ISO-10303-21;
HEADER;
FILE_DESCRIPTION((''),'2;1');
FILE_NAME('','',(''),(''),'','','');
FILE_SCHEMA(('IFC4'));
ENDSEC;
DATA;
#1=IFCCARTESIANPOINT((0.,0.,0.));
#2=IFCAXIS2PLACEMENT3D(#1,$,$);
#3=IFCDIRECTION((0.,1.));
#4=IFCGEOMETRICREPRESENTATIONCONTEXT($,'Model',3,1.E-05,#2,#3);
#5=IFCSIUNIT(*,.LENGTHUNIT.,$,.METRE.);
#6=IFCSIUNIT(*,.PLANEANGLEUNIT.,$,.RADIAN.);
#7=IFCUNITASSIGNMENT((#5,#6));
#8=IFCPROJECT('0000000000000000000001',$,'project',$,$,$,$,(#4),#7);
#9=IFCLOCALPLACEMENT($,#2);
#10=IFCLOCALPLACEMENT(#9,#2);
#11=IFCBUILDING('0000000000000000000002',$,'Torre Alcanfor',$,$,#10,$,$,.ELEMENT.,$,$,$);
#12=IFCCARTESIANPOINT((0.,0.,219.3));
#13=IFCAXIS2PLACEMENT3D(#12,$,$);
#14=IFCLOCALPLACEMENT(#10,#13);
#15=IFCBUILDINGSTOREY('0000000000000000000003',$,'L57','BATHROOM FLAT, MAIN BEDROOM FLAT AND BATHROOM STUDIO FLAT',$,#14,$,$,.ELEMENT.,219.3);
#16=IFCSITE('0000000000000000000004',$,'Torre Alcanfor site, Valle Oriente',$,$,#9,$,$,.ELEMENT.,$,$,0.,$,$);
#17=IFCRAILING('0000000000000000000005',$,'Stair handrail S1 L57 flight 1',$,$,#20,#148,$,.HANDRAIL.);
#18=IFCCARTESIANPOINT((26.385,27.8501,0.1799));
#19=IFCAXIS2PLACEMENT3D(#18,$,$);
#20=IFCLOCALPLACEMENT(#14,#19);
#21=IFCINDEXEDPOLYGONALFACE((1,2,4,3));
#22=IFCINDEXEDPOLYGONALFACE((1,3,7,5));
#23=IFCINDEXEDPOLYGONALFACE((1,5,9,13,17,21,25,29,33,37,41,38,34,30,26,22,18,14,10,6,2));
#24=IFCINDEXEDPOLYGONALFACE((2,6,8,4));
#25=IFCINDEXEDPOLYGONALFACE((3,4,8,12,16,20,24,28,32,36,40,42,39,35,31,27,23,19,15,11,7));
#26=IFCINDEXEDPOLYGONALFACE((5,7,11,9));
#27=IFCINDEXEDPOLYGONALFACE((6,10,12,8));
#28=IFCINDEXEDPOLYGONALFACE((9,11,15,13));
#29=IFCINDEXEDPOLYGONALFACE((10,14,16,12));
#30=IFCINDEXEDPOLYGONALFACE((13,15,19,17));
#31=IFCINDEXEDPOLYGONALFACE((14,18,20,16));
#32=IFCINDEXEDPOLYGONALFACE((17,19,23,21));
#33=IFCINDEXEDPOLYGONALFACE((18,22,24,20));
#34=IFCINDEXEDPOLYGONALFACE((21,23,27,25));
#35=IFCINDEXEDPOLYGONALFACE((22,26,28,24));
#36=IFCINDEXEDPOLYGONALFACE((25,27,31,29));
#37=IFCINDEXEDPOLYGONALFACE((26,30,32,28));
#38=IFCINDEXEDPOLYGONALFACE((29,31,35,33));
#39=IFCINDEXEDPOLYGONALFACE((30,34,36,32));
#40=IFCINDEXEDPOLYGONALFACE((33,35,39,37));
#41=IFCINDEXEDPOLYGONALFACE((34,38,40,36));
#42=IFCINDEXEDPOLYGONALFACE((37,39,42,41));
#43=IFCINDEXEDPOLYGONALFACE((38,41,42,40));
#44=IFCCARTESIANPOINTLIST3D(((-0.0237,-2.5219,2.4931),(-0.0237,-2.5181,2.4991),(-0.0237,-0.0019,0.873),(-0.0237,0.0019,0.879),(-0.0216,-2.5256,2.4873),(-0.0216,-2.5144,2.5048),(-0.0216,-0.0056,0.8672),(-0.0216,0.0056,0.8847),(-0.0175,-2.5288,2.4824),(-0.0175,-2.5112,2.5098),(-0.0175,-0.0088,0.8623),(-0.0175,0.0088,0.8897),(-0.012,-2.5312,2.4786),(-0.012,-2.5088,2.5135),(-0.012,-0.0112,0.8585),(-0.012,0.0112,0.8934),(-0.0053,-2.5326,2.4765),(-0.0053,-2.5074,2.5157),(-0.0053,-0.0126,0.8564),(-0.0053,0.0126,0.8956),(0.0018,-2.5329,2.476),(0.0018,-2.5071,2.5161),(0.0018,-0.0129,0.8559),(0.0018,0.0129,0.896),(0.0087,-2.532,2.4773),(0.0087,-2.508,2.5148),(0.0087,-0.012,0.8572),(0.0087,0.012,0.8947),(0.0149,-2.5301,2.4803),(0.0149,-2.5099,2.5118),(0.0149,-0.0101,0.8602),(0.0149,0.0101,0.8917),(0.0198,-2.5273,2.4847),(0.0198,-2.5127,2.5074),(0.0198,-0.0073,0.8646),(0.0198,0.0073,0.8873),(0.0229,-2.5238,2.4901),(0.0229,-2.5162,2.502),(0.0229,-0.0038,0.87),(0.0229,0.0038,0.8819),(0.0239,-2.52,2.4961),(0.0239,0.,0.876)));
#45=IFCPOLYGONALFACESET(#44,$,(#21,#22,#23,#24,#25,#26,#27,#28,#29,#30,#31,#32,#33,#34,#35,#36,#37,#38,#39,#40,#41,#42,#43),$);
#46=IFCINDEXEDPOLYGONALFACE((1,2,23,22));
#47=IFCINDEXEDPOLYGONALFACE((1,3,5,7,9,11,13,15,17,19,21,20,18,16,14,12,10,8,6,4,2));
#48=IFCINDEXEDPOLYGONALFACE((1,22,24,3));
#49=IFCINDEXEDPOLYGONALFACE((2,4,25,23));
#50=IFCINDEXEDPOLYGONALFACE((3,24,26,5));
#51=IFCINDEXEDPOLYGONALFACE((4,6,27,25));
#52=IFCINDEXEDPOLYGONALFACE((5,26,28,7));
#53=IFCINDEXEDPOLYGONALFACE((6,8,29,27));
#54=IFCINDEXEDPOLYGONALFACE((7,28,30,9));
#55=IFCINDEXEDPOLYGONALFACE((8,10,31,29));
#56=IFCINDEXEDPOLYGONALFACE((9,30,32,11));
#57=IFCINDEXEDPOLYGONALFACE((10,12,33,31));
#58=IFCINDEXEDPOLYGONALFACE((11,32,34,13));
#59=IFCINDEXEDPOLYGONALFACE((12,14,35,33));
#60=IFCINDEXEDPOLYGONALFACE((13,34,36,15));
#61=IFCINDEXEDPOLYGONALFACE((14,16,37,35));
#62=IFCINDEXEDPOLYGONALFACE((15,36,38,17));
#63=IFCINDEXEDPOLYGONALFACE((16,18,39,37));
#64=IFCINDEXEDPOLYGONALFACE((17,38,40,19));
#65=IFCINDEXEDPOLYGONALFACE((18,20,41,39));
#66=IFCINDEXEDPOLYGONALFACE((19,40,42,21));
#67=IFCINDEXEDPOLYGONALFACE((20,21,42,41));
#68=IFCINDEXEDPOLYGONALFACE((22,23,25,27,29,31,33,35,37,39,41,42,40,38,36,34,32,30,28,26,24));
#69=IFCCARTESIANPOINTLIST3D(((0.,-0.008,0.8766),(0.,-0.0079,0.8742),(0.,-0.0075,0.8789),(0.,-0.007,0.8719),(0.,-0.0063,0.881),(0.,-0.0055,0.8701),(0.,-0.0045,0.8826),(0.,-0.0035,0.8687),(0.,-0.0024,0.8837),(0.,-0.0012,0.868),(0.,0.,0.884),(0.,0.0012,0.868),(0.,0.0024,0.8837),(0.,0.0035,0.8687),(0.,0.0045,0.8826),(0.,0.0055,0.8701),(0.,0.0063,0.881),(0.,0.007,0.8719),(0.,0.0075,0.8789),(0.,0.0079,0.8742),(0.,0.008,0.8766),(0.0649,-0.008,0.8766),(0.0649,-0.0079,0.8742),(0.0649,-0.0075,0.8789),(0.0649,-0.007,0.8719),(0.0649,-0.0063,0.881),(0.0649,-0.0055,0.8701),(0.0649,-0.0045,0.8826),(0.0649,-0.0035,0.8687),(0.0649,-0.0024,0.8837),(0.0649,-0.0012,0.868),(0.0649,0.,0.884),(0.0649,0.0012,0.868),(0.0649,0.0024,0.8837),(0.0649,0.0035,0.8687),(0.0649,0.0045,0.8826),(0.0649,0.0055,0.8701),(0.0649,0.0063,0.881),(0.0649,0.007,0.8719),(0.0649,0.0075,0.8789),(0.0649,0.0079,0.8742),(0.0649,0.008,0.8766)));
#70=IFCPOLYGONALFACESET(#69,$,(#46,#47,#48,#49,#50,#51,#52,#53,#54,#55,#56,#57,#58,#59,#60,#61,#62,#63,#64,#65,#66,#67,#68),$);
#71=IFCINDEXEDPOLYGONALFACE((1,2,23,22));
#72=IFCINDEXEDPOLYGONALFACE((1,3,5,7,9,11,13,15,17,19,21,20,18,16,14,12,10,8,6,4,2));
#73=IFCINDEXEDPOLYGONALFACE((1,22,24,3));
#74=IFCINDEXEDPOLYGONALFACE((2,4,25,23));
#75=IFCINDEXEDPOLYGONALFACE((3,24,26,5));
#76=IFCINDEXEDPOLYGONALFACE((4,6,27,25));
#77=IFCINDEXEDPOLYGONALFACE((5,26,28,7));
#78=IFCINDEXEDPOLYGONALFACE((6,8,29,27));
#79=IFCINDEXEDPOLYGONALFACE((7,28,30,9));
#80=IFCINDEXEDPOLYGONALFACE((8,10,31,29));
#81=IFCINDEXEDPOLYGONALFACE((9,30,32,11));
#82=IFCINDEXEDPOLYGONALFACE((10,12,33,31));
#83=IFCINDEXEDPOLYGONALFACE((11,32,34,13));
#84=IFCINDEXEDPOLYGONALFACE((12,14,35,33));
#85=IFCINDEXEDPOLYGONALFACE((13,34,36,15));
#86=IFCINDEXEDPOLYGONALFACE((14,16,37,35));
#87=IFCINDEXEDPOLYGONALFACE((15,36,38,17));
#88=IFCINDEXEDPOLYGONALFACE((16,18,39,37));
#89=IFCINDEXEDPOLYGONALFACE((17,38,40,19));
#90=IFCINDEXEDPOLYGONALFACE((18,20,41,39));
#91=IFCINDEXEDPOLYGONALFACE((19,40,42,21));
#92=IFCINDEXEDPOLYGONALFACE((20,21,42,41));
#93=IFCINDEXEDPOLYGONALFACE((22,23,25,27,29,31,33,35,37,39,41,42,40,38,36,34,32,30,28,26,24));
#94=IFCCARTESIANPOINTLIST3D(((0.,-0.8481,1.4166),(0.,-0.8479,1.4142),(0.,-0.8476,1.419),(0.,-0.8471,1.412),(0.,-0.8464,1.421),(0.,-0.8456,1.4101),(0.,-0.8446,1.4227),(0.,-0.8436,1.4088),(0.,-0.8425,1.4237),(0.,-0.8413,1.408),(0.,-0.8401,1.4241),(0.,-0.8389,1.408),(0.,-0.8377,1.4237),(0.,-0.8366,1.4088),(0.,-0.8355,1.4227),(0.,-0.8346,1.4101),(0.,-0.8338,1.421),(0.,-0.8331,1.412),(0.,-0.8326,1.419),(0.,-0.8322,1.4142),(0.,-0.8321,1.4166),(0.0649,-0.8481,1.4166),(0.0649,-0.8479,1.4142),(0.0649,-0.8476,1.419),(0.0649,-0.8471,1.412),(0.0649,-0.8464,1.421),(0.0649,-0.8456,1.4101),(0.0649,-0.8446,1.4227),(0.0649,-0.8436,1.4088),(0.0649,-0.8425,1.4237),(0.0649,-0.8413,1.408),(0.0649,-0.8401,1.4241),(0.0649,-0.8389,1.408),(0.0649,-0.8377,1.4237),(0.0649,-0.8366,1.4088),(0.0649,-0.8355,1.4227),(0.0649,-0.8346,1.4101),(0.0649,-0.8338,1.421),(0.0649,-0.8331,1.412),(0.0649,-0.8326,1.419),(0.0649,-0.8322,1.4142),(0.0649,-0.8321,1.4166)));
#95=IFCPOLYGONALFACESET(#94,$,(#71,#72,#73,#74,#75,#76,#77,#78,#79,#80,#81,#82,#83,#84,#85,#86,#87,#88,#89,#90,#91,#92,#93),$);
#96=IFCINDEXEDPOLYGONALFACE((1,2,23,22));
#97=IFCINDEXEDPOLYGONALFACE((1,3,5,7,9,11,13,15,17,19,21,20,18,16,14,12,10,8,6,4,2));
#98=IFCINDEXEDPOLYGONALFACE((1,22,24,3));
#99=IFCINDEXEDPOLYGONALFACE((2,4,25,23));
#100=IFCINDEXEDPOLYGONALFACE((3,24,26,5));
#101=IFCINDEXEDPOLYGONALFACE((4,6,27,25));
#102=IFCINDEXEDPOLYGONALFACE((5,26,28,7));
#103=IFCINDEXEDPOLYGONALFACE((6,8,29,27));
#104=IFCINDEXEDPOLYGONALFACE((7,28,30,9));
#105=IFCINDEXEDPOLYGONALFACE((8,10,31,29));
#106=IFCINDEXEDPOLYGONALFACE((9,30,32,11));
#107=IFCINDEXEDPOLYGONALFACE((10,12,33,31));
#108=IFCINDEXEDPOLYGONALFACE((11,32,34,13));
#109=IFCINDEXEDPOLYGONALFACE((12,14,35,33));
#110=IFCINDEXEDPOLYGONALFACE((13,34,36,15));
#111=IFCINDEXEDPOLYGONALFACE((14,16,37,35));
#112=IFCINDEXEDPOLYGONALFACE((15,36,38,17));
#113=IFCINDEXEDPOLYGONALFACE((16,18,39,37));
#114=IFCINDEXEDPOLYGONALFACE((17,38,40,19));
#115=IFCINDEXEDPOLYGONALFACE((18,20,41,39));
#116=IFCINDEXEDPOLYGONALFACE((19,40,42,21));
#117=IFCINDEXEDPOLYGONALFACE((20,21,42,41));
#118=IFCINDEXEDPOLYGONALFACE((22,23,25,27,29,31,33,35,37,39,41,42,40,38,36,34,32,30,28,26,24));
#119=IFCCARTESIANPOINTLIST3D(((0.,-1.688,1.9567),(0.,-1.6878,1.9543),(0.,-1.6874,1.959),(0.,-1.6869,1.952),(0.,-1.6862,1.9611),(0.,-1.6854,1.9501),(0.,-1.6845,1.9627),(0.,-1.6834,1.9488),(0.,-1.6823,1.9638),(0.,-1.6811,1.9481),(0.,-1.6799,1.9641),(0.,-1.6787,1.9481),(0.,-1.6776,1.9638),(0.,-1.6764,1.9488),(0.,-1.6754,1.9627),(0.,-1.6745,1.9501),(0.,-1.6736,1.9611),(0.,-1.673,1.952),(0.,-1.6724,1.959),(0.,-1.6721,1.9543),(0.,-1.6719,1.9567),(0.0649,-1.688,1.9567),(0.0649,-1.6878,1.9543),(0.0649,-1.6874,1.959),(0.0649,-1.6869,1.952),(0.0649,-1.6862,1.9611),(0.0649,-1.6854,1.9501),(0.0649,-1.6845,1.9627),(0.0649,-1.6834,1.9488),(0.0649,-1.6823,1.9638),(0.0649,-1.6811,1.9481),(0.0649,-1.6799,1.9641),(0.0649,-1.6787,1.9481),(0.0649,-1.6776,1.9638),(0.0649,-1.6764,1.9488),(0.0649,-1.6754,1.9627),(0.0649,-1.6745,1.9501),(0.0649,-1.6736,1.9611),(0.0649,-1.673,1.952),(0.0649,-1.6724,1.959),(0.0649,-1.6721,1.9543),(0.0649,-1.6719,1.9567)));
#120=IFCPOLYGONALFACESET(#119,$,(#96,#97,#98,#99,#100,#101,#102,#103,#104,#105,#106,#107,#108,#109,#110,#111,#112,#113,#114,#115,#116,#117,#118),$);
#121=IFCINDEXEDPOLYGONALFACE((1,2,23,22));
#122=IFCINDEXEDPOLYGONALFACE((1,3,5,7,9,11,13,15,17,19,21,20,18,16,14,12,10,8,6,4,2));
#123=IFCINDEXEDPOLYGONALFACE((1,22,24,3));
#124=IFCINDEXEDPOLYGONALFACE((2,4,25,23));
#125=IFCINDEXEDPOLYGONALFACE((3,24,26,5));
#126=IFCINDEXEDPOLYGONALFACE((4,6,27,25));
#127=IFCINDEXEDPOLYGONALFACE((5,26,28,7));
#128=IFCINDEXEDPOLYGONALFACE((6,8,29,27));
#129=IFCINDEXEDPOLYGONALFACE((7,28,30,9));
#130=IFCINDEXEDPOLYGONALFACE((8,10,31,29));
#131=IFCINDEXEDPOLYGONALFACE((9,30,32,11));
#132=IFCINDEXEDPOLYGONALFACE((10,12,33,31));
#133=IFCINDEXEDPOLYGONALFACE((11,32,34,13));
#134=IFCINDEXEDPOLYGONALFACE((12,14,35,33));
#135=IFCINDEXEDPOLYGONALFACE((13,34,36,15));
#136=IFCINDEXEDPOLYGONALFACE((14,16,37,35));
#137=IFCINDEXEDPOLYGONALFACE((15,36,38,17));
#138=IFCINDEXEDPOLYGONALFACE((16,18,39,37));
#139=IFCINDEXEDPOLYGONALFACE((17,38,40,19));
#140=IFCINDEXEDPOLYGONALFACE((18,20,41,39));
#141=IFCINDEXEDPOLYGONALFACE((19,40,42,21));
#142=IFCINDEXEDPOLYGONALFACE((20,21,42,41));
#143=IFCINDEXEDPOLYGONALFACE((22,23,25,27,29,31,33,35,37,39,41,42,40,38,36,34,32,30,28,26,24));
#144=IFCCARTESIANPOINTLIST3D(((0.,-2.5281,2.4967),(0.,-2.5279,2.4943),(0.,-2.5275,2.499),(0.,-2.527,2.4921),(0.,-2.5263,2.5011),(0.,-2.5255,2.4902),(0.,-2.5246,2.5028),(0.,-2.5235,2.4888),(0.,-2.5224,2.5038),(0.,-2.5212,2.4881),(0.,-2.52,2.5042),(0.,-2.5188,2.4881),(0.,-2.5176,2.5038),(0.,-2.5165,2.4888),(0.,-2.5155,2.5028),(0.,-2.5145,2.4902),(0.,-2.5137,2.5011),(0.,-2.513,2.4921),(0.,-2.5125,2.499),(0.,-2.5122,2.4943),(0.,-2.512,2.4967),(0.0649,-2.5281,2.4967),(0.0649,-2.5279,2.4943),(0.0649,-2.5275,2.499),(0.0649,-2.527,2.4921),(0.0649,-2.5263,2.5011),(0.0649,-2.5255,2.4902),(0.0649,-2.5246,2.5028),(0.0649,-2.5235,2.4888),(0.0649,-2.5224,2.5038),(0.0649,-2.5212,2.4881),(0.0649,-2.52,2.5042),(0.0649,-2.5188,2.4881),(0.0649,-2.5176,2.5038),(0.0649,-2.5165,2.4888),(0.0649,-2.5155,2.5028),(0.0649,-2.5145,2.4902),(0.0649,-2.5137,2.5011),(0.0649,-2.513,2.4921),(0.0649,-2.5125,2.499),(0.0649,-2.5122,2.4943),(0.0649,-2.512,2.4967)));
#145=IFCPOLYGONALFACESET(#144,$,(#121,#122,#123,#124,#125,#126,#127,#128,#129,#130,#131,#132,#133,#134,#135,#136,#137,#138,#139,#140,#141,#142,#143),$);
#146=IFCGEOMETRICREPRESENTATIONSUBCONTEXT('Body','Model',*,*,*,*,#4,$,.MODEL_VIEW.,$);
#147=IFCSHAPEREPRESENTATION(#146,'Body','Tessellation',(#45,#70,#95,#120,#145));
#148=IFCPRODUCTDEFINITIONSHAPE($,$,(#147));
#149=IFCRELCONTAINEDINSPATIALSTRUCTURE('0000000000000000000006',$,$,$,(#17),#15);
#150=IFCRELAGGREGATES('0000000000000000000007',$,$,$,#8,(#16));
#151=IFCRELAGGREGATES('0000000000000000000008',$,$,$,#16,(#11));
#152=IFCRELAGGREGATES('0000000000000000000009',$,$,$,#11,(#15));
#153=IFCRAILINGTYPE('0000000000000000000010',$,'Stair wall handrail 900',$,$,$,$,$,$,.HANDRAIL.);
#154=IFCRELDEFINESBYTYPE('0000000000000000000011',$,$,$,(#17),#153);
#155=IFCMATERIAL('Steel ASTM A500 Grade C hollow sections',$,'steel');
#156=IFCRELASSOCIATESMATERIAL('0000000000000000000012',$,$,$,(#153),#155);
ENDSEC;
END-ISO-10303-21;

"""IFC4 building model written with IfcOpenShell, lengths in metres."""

from ifc_helpers import new_model, si_unit, direction, frame, origin, origin_2d, place, context, subcontext, project, spatial, circle, extrude, material, type_object, element, save


model = new_model("IFC4")

# Units and contexts
model_context = context("Model", 3, precision=1e-05, world=origin(), true_north=direction((0.0, 1.0)))
body_context = subcontext(model_context, "Body", "Model", "MODEL_VIEW")
ifc_project = project(units=[si_unit("LENGTHUNIT", "METRE"), si_unit("PLANEANGLEUNIT", "RADIAN")], contexts=[model_context])

# Site, building, storey
site_placement = place(None, origin())
site = spatial("IfcSite", under=ifc_project, at=site_placement, Name="Torre Alcanfor site, Valle Oriente", CompositionType="ELEMENT", RefElevation=0.0)
building_placement = place(site_placement, origin())
building = spatial("IfcBuilding", under=site, at=building_placement, Name="Torre Alcanfor", CompositionType="ELEMENT")
storey_placement = place(building_placement, frame((0.0, 0.0, 219.3)))
storey = spatial("IfcBuildingStorey", under=building, at=storey_placement, Name="L57", Description="BATHROOM FLAT, MAIN BEDROOM FLAT AND BATHROOM STUDIO FLAT", CompositionType="ELEMENT", Elevation=219.3)

# Railing
ifc_material_1 = material(Name="Steel ASTM A500 Grade C hollow sections", Category="steel")
railing_type = type_object("IfcRailingType", Name="Stair wall handrail 900", PredefinedType="HANDRAIL", material=ifc_material_1)
railing_placement = place(storey_placement, frame((26.385, 27.8501, 0.1799)))
element("IfcRailing", 1, at=railing_placement, inside=storey, type_object=railing_type, Name="Stair handrail S1 L57 flight 1", PredefinedType="HANDRAIL", context=body_context, shape_type="SweptSolid", body=[
    extrude(circle(Radius=0.0239, at=origin_2d()), frame((0.0, 0.0, 0.876), z_axis=(0.0, -0.841163, 0.540782), x_axis=(1.0, 0.0, 0.0)), (0.0, 0.0, 1.0), 2.9958),
    extrude(circle(Radius=0.0081, at=origin_2d()), frame((0.0, 0.0, 0.876), z_axis=(1.0, 0.0, 0.0), x_axis=(0.0, 0.0, 1.0)), (0.0, 0.0, 1.0), 0.0649),
    extrude(circle(Radius=0.0081, at=origin_2d()), frame((0.0, -0.8401, 1.416), z_axis=(1.0, 0.0, 0.0), x_axis=(0.0, 0.0, 1.0)), (0.0, 0.0, 1.0), 0.0649),
    extrude(circle(Radius=0.0081, at=origin_2d()), frame((0.0, -1.6799, 1.9561), z_axis=(1.0, 0.0, 0.0), x_axis=(0.0, 0.0, 1.0)), (0.0, 0.0, 1.0), 0.0649),
    extrude(circle(Radius=0.0081, at=origin_2d()), frame((0.0, -2.52, 2.4961), z_axis=(1.0, 0.0, 0.0), x_axis=(0.0, 0.0, 1.0)), (0.0, 0.0, 1.0), 0.0649),
])

save(model, "model.ifc")
